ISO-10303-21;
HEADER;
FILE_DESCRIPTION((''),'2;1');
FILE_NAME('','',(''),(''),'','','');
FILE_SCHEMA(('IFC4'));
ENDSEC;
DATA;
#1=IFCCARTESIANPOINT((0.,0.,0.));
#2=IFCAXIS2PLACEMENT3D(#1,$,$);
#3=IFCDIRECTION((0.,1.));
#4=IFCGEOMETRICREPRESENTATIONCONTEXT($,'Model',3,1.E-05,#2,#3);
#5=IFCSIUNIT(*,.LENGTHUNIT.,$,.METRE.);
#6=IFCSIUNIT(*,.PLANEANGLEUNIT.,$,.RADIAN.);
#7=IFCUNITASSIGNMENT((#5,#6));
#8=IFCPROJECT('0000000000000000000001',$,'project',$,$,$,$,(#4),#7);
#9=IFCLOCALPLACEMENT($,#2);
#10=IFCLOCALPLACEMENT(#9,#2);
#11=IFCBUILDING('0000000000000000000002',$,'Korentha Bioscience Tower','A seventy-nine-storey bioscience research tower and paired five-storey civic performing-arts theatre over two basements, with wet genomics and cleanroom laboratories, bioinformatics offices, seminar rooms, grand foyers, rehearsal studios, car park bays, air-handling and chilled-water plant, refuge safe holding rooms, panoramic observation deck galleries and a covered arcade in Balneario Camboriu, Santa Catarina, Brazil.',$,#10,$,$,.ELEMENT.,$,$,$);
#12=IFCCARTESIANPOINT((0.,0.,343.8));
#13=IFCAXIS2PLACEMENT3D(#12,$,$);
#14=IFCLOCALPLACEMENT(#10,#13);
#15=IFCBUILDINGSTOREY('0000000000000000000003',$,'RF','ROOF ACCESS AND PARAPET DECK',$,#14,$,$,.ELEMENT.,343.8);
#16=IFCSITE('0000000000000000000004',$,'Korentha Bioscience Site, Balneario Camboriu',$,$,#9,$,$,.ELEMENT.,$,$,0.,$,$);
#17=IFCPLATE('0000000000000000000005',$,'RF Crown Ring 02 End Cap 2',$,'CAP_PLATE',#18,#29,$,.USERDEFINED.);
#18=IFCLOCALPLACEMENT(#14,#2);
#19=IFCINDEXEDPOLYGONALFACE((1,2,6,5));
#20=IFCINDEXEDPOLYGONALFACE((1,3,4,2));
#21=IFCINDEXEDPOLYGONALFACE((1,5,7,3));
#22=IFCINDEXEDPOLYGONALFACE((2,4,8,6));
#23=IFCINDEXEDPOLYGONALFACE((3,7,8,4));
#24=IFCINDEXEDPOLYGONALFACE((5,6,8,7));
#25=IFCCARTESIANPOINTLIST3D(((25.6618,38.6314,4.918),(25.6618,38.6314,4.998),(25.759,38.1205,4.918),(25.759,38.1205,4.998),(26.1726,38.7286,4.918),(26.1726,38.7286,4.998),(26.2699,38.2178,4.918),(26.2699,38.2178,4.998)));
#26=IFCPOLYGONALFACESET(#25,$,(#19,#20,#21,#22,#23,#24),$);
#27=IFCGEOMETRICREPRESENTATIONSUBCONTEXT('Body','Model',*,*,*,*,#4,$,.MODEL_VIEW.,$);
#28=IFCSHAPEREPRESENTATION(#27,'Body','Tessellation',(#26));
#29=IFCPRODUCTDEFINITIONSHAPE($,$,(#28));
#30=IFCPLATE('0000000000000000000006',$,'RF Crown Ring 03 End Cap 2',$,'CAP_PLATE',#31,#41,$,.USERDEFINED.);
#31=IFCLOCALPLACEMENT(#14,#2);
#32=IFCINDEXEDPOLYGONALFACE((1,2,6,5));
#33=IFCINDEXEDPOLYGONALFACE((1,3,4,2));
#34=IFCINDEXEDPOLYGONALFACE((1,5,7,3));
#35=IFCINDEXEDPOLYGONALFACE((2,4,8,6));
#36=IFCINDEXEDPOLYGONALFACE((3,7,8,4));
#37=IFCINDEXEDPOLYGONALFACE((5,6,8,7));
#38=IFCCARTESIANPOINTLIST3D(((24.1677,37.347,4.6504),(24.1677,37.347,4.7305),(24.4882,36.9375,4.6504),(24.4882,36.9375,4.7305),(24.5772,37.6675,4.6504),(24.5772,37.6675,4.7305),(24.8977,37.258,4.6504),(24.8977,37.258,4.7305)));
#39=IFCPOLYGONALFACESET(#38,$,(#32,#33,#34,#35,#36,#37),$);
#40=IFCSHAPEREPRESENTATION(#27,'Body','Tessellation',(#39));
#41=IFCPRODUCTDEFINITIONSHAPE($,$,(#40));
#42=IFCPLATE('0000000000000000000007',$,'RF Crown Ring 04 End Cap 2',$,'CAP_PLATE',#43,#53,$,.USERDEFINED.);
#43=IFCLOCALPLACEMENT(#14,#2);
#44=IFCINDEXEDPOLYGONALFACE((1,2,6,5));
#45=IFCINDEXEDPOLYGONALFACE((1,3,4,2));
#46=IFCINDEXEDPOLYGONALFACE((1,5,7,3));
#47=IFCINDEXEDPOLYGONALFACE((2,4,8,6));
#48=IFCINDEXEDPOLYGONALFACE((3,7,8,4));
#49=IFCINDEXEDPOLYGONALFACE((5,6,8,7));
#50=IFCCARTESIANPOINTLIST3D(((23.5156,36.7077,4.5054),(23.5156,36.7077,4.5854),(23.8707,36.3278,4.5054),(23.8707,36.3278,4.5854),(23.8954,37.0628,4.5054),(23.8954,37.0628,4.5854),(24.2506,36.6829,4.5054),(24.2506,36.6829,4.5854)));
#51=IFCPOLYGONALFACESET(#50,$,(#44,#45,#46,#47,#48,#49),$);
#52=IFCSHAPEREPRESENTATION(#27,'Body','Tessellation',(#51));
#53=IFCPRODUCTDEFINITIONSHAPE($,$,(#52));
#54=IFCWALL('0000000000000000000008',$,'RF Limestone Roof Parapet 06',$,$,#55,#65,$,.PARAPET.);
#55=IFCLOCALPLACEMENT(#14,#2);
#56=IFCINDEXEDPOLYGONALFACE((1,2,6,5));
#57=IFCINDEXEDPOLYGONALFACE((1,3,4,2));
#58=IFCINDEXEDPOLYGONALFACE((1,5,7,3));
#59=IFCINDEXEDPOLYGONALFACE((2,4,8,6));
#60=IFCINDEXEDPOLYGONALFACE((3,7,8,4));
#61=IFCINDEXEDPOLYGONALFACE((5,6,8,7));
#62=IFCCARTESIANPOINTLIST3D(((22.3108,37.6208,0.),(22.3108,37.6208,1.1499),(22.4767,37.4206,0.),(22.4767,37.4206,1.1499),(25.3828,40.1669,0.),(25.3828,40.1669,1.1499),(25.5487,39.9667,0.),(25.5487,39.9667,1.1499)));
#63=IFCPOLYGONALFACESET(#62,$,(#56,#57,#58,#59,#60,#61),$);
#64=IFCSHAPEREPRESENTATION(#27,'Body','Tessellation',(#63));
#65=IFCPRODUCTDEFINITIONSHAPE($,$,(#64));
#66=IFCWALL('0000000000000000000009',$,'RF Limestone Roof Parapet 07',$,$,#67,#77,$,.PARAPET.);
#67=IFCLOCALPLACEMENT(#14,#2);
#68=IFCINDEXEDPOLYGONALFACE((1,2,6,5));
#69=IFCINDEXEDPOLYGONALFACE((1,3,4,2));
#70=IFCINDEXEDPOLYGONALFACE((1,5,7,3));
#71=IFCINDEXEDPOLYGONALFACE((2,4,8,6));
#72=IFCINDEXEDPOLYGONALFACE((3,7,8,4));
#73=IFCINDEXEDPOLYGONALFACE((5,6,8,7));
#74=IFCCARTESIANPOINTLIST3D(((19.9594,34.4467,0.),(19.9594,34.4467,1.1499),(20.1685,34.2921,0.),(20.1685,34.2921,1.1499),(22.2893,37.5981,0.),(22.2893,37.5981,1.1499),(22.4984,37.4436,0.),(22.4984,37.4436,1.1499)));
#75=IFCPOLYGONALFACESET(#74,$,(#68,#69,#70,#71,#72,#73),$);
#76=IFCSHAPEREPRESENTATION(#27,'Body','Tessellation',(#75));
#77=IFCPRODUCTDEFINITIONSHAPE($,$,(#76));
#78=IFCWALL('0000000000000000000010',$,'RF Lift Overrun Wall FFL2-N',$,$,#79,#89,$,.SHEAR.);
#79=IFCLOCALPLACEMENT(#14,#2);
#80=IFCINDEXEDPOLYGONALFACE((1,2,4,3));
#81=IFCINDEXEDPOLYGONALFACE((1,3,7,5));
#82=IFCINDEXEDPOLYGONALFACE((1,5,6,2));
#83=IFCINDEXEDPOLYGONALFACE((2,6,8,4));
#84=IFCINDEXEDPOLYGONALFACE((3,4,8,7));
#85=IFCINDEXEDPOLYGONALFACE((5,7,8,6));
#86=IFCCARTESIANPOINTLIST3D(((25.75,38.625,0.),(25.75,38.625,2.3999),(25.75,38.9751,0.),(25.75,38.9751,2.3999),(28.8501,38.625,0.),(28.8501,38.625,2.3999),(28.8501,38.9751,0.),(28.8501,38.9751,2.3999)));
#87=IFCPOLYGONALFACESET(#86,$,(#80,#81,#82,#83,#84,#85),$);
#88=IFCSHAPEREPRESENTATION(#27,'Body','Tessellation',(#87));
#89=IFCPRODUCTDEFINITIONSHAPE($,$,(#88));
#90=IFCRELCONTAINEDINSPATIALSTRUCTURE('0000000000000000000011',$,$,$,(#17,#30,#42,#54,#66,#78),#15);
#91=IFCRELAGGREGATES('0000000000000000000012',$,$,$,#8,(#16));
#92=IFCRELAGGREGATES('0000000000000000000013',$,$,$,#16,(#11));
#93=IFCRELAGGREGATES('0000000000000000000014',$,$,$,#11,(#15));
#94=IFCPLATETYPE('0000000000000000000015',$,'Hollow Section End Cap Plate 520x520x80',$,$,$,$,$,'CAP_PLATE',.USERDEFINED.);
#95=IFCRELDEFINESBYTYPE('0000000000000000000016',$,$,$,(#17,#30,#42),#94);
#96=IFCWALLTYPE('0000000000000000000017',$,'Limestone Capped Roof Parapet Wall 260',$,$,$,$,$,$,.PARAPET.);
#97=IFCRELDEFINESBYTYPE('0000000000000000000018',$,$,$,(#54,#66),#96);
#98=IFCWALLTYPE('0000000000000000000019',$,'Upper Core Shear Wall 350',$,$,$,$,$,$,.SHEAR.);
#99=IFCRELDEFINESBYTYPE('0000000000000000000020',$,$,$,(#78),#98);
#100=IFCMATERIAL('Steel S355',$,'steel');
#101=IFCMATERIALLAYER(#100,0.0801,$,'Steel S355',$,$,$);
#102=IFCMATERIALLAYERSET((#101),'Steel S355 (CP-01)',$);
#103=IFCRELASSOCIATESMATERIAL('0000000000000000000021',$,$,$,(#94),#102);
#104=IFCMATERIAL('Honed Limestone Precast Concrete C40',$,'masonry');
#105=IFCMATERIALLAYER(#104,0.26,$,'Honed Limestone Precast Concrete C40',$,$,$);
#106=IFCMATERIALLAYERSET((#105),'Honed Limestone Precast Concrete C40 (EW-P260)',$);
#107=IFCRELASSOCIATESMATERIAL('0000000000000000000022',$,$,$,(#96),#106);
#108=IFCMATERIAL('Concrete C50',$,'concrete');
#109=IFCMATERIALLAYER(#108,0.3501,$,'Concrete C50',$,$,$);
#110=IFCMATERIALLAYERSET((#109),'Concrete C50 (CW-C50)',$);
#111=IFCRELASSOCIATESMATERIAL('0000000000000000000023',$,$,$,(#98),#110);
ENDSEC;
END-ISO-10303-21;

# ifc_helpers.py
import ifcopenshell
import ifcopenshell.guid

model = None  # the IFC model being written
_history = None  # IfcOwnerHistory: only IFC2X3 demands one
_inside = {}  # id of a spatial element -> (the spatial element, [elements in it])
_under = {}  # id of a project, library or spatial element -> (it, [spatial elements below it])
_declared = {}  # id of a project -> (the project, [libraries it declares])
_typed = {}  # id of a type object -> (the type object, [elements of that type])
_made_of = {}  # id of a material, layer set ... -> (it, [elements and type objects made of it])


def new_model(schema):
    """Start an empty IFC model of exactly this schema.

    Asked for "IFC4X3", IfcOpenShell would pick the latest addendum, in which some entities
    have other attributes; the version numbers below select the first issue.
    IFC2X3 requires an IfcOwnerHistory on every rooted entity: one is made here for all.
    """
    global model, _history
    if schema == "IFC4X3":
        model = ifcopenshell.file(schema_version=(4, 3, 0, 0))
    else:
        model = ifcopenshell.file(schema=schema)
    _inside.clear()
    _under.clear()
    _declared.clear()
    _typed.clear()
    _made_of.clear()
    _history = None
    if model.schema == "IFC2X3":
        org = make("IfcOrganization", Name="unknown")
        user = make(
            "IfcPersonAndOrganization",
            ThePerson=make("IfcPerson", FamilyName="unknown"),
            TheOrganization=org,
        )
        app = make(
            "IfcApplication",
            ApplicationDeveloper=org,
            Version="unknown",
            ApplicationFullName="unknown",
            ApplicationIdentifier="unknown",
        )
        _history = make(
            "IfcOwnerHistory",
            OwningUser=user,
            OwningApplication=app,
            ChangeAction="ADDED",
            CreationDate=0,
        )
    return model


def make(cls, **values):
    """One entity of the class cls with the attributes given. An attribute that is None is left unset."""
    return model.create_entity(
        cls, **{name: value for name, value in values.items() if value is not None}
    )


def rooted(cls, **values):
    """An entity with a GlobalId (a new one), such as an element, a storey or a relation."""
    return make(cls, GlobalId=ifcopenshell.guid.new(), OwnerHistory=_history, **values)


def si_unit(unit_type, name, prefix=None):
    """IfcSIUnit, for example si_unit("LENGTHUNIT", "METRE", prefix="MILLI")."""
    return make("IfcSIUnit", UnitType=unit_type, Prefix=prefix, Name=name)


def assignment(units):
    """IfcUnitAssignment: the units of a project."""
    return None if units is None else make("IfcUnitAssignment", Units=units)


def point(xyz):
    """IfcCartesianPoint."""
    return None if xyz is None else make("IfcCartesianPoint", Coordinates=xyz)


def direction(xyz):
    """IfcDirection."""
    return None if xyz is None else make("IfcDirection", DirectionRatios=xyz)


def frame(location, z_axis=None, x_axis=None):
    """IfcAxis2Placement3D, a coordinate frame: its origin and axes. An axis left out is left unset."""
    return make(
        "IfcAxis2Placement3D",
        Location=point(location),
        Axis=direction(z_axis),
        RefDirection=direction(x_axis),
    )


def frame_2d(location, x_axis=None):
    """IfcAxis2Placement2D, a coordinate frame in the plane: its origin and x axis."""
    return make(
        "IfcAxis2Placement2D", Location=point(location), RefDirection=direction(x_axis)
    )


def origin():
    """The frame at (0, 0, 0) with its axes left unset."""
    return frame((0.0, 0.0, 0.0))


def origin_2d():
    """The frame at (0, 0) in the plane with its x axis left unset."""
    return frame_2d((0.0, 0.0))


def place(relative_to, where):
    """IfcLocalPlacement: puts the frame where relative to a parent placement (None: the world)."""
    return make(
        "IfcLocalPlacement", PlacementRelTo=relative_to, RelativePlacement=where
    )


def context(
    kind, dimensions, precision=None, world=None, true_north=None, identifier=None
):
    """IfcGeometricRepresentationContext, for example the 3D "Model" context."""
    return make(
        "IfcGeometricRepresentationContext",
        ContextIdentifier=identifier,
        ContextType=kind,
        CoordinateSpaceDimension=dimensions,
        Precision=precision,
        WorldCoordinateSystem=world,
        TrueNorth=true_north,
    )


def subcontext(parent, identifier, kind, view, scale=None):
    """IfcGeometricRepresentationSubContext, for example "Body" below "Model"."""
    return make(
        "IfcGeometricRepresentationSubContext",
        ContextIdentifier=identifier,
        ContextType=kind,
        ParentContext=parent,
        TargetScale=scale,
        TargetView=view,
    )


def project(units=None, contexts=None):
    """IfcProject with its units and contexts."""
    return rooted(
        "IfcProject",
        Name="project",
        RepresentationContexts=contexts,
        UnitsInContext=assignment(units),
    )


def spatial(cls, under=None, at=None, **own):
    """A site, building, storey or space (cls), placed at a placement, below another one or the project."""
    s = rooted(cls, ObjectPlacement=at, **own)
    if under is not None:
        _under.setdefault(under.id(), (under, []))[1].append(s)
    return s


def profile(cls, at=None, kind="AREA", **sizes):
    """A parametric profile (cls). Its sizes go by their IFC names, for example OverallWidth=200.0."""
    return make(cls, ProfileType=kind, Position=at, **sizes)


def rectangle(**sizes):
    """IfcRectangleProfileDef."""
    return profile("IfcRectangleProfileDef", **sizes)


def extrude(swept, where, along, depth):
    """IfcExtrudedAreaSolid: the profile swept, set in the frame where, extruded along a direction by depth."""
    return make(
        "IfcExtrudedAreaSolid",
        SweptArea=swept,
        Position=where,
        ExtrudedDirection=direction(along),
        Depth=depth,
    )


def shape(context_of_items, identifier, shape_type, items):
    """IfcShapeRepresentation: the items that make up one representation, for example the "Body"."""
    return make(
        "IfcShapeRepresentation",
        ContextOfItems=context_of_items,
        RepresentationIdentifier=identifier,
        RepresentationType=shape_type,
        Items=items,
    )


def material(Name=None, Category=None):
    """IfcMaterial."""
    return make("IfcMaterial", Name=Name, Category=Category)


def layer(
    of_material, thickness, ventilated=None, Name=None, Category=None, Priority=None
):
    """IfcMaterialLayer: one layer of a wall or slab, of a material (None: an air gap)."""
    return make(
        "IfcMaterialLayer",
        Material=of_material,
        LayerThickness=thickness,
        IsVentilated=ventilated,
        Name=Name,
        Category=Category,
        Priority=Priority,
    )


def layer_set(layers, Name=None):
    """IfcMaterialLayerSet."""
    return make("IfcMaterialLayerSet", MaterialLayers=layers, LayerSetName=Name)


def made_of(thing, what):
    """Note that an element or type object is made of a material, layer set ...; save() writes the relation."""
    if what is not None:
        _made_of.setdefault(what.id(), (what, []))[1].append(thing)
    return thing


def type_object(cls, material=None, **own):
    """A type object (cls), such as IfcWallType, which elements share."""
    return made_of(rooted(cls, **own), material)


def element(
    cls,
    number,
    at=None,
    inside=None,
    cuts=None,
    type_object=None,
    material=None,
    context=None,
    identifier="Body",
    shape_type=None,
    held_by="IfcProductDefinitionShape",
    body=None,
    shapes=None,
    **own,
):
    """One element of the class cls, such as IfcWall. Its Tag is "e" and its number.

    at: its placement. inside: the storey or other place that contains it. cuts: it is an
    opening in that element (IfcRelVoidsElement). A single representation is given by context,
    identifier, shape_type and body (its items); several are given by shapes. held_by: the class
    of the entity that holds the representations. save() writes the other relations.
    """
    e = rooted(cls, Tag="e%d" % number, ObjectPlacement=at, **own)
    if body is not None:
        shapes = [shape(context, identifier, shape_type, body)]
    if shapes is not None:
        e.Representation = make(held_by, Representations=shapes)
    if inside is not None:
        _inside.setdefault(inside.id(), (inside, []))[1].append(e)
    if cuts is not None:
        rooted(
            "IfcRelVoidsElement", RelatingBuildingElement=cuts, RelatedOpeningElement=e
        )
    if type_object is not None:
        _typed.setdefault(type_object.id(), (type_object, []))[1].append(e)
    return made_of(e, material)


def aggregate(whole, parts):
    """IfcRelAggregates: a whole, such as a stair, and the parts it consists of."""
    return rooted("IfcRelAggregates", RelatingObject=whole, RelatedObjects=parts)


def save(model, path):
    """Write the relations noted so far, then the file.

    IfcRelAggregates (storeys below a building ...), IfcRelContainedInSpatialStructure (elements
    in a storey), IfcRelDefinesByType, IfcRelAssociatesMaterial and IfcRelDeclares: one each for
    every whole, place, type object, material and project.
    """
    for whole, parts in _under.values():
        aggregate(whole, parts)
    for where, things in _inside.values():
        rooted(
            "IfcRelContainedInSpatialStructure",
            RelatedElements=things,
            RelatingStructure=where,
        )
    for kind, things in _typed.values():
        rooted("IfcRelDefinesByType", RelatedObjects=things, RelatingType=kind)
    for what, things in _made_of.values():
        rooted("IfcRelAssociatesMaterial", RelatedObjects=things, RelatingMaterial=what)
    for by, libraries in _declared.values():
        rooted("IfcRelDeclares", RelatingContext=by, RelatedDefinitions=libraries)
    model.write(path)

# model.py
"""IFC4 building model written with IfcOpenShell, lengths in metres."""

from ifc_helpers import new_model, si_unit, direction, frame, frame_2d, origin, origin_2d, place, context, subcontext, project, spatial, rectangle, extrude, material, layer, layer_set, type_object, element, save


model = new_model("IFC4")

# Units and contexts
model_context = context("Model", 3, precision=1e-05, world=origin(), true_north=direction((0.0, 1.0)))
body_context = subcontext(model_context, "Body", "Model", "MODEL_VIEW")
ifc_project = project(units=[si_unit("LENGTHUNIT", "METRE"), si_unit("PLANEANGLEUNIT", "RADIAN")], contexts=[model_context])

# Site, building, storey
site_placement = place(None, origin())
site = spatial("IfcSite", under=ifc_project, at=site_placement, Name="Korentha Bioscience Site, Balneario Camboriu", CompositionType="ELEMENT", RefElevation=0.0)
building_placement = place(site_placement, origin())
building = spatial("IfcBuilding", under=site, at=building_placement, Name="Korentha Bioscience Tower", Description="A seventy-nine-storey bioscience research tower and paired five-storey civic performing-arts theatre over two basements, with wet genomics and cleanroom laboratories, bioinformatics offices, seminar rooms, grand foyers, rehearsal studios, car park bays, air-handling and chilled-water plant, refuge safe holding rooms, panoramic observation deck galleries and a covered arcade in Balneario Camboriu, Santa Catarina, Brazil.", CompositionType="ELEMENT")
storey_placement = place(building_placement, frame((0.0, 0.0, 343.8)))
storey = spatial("IfcBuildingStorey", under=building, at=storey_placement, Name="RF", Description="ROOF ACCESS AND PARAPET DECK", CompositionType="ELEMENT", Elevation=343.8)

# Shared definitions
ifc_material_1 = material(Name="Steel S355", Category="steel")

# Plates
ifc_layer_1 = layer(ifc_material_1, 0.0801, Name="Steel S355")
ifc_layer_set_1 = layer_set([ifc_layer_1], Name="Steel S355 (CP-01)")
plate_type_1 = type_object("IfcPlateType", Name="Hollow Section End Cap Plate 520x520x80", ElementType="CAP_PLATE", PredefinedType="USERDEFINED", material=ifc_layer_set_1)
for number, where, z_axis, x_axis, name in (
    (1, (25.9658, 38.4246, 4.918), (0.0, 0.0, 1.0), (0.982353, 0.187038, 0.0), "RF Crown Ring 02 End Cap 2"),
    (2, (24.5327, 37.3025, 4.6504), (0.0, 0.0, 1.0), (0.787473, 0.616349, 0.0), "RF Crown Ring 03 End Cap 2"),
    (3, (23.8831, 36.6953, 4.5054), (0.0, 0.0, 1.0), (0.73052, 0.682891, 0.0), "RF Crown Ring 04 End Cap 2"),
):
    element("IfcPlate", number, at=place(storey_placement, frame(where, z_axis=z_axis, x_axis=x_axis)), inside=storey, type_object=plate_type_1, Name=name, ObjectType="CAP_PLATE", PredefinedType="USERDEFINED", context=body_context, shape_type="SweptSolid", body=[
        extrude(rectangle(XDim=0.52, YDim=0.52, at=origin_2d()), origin(), (0.0, 0.0, 1.0), 0.0801),
    ])

# Walls
ifc_material_2 = material(Name="Honed Limestone Precast Concrete C40", Category="masonry")
ifc_layer_2 = layer(ifc_material_2, 0.26, Name="Honed Limestone Precast Concrete C40")
ifc_layer_set_2 = layer_set([ifc_layer_2], Name="Honed Limestone Precast Concrete C40 (EW-P260)")
wall_type_1 = type_object("IfcWallType", Name="Limestone Capped Roof Parapet Wall 260", PredefinedType="PARAPET", material=ifc_layer_set_2)
wall_1_placement = place(storey_placement, frame((25.4658, 40.0669, 0.0), z_axis=(0.0, 0.0, 1.0), x_axis=(-0.769929, -0.63813, 0.0)))
element("IfcWall", 4, at=wall_1_placement, inside=storey, type_object=wall_type_1, Name="RF Limestone Roof Parapet 06", PredefinedType="PARAPET", context=body_context, shape_type="SweptSolid", body=[
    extrude(rectangle(XDim=3.99, YDim=0.26, at=frame_2d((1.9951, 0.0))), origin(), (0.0, 0.0, 1.0), 1.1499),
])
wall_2_placement = place(storey_placement, frame((22.3938, 37.5208, 0.0), z_axis=(0.0, 0.0, 1.0), x_axis=(-0.594484, -0.804108, 0.0)))
element("IfcWall", 5, at=wall_2_placement, inside=storey, type_object=wall_type_1, Name="RF Limestone Roof Parapet 07", PredefinedType="PARAPET", context=body_context, shape_type="SweptSolid", body=[
    extrude(rectangle(XDim=3.9192, YDim=0.26, at=frame_2d((1.9595, 0.0))), origin(), (0.0, 0.0, 1.0), 1.1499),
])
ifc_material_3 = material(Name="Concrete C50", Category="concrete")
ifc_layer_3 = layer(ifc_material_3, 0.3501, Name="Concrete C50")
ifc_layer_set_3 = layer_set([ifc_layer_3], Name="Concrete C50 (CW-C50)")
wall_type_2 = type_object("IfcWallType", Name="Upper Core Shear Wall 350", PredefinedType="SHEAR", material=ifc_layer_set_3)
wall_3_placement = place(storey_placement, frame((25.75, 38.8, 0.0), z_axis=(0.0, 0.0, 1.0), x_axis=(1.0, 0.0, 0.0)))
element("IfcWall", 6, at=wall_3_placement, inside=storey, type_object=wall_type_2, Name="RF Lift Overrun Wall FFL2-N", PredefinedType="SHEAR", context=body_context, shape_type="SweptSolid", body=[
    extrude(rectangle(XDim=3.1001, YDim=0.3501, at=frame_2d((1.55, 0.0))), origin(), (0.0, 0.0, 1.0), 2.3999),
])

save(model, "model.ifc")
